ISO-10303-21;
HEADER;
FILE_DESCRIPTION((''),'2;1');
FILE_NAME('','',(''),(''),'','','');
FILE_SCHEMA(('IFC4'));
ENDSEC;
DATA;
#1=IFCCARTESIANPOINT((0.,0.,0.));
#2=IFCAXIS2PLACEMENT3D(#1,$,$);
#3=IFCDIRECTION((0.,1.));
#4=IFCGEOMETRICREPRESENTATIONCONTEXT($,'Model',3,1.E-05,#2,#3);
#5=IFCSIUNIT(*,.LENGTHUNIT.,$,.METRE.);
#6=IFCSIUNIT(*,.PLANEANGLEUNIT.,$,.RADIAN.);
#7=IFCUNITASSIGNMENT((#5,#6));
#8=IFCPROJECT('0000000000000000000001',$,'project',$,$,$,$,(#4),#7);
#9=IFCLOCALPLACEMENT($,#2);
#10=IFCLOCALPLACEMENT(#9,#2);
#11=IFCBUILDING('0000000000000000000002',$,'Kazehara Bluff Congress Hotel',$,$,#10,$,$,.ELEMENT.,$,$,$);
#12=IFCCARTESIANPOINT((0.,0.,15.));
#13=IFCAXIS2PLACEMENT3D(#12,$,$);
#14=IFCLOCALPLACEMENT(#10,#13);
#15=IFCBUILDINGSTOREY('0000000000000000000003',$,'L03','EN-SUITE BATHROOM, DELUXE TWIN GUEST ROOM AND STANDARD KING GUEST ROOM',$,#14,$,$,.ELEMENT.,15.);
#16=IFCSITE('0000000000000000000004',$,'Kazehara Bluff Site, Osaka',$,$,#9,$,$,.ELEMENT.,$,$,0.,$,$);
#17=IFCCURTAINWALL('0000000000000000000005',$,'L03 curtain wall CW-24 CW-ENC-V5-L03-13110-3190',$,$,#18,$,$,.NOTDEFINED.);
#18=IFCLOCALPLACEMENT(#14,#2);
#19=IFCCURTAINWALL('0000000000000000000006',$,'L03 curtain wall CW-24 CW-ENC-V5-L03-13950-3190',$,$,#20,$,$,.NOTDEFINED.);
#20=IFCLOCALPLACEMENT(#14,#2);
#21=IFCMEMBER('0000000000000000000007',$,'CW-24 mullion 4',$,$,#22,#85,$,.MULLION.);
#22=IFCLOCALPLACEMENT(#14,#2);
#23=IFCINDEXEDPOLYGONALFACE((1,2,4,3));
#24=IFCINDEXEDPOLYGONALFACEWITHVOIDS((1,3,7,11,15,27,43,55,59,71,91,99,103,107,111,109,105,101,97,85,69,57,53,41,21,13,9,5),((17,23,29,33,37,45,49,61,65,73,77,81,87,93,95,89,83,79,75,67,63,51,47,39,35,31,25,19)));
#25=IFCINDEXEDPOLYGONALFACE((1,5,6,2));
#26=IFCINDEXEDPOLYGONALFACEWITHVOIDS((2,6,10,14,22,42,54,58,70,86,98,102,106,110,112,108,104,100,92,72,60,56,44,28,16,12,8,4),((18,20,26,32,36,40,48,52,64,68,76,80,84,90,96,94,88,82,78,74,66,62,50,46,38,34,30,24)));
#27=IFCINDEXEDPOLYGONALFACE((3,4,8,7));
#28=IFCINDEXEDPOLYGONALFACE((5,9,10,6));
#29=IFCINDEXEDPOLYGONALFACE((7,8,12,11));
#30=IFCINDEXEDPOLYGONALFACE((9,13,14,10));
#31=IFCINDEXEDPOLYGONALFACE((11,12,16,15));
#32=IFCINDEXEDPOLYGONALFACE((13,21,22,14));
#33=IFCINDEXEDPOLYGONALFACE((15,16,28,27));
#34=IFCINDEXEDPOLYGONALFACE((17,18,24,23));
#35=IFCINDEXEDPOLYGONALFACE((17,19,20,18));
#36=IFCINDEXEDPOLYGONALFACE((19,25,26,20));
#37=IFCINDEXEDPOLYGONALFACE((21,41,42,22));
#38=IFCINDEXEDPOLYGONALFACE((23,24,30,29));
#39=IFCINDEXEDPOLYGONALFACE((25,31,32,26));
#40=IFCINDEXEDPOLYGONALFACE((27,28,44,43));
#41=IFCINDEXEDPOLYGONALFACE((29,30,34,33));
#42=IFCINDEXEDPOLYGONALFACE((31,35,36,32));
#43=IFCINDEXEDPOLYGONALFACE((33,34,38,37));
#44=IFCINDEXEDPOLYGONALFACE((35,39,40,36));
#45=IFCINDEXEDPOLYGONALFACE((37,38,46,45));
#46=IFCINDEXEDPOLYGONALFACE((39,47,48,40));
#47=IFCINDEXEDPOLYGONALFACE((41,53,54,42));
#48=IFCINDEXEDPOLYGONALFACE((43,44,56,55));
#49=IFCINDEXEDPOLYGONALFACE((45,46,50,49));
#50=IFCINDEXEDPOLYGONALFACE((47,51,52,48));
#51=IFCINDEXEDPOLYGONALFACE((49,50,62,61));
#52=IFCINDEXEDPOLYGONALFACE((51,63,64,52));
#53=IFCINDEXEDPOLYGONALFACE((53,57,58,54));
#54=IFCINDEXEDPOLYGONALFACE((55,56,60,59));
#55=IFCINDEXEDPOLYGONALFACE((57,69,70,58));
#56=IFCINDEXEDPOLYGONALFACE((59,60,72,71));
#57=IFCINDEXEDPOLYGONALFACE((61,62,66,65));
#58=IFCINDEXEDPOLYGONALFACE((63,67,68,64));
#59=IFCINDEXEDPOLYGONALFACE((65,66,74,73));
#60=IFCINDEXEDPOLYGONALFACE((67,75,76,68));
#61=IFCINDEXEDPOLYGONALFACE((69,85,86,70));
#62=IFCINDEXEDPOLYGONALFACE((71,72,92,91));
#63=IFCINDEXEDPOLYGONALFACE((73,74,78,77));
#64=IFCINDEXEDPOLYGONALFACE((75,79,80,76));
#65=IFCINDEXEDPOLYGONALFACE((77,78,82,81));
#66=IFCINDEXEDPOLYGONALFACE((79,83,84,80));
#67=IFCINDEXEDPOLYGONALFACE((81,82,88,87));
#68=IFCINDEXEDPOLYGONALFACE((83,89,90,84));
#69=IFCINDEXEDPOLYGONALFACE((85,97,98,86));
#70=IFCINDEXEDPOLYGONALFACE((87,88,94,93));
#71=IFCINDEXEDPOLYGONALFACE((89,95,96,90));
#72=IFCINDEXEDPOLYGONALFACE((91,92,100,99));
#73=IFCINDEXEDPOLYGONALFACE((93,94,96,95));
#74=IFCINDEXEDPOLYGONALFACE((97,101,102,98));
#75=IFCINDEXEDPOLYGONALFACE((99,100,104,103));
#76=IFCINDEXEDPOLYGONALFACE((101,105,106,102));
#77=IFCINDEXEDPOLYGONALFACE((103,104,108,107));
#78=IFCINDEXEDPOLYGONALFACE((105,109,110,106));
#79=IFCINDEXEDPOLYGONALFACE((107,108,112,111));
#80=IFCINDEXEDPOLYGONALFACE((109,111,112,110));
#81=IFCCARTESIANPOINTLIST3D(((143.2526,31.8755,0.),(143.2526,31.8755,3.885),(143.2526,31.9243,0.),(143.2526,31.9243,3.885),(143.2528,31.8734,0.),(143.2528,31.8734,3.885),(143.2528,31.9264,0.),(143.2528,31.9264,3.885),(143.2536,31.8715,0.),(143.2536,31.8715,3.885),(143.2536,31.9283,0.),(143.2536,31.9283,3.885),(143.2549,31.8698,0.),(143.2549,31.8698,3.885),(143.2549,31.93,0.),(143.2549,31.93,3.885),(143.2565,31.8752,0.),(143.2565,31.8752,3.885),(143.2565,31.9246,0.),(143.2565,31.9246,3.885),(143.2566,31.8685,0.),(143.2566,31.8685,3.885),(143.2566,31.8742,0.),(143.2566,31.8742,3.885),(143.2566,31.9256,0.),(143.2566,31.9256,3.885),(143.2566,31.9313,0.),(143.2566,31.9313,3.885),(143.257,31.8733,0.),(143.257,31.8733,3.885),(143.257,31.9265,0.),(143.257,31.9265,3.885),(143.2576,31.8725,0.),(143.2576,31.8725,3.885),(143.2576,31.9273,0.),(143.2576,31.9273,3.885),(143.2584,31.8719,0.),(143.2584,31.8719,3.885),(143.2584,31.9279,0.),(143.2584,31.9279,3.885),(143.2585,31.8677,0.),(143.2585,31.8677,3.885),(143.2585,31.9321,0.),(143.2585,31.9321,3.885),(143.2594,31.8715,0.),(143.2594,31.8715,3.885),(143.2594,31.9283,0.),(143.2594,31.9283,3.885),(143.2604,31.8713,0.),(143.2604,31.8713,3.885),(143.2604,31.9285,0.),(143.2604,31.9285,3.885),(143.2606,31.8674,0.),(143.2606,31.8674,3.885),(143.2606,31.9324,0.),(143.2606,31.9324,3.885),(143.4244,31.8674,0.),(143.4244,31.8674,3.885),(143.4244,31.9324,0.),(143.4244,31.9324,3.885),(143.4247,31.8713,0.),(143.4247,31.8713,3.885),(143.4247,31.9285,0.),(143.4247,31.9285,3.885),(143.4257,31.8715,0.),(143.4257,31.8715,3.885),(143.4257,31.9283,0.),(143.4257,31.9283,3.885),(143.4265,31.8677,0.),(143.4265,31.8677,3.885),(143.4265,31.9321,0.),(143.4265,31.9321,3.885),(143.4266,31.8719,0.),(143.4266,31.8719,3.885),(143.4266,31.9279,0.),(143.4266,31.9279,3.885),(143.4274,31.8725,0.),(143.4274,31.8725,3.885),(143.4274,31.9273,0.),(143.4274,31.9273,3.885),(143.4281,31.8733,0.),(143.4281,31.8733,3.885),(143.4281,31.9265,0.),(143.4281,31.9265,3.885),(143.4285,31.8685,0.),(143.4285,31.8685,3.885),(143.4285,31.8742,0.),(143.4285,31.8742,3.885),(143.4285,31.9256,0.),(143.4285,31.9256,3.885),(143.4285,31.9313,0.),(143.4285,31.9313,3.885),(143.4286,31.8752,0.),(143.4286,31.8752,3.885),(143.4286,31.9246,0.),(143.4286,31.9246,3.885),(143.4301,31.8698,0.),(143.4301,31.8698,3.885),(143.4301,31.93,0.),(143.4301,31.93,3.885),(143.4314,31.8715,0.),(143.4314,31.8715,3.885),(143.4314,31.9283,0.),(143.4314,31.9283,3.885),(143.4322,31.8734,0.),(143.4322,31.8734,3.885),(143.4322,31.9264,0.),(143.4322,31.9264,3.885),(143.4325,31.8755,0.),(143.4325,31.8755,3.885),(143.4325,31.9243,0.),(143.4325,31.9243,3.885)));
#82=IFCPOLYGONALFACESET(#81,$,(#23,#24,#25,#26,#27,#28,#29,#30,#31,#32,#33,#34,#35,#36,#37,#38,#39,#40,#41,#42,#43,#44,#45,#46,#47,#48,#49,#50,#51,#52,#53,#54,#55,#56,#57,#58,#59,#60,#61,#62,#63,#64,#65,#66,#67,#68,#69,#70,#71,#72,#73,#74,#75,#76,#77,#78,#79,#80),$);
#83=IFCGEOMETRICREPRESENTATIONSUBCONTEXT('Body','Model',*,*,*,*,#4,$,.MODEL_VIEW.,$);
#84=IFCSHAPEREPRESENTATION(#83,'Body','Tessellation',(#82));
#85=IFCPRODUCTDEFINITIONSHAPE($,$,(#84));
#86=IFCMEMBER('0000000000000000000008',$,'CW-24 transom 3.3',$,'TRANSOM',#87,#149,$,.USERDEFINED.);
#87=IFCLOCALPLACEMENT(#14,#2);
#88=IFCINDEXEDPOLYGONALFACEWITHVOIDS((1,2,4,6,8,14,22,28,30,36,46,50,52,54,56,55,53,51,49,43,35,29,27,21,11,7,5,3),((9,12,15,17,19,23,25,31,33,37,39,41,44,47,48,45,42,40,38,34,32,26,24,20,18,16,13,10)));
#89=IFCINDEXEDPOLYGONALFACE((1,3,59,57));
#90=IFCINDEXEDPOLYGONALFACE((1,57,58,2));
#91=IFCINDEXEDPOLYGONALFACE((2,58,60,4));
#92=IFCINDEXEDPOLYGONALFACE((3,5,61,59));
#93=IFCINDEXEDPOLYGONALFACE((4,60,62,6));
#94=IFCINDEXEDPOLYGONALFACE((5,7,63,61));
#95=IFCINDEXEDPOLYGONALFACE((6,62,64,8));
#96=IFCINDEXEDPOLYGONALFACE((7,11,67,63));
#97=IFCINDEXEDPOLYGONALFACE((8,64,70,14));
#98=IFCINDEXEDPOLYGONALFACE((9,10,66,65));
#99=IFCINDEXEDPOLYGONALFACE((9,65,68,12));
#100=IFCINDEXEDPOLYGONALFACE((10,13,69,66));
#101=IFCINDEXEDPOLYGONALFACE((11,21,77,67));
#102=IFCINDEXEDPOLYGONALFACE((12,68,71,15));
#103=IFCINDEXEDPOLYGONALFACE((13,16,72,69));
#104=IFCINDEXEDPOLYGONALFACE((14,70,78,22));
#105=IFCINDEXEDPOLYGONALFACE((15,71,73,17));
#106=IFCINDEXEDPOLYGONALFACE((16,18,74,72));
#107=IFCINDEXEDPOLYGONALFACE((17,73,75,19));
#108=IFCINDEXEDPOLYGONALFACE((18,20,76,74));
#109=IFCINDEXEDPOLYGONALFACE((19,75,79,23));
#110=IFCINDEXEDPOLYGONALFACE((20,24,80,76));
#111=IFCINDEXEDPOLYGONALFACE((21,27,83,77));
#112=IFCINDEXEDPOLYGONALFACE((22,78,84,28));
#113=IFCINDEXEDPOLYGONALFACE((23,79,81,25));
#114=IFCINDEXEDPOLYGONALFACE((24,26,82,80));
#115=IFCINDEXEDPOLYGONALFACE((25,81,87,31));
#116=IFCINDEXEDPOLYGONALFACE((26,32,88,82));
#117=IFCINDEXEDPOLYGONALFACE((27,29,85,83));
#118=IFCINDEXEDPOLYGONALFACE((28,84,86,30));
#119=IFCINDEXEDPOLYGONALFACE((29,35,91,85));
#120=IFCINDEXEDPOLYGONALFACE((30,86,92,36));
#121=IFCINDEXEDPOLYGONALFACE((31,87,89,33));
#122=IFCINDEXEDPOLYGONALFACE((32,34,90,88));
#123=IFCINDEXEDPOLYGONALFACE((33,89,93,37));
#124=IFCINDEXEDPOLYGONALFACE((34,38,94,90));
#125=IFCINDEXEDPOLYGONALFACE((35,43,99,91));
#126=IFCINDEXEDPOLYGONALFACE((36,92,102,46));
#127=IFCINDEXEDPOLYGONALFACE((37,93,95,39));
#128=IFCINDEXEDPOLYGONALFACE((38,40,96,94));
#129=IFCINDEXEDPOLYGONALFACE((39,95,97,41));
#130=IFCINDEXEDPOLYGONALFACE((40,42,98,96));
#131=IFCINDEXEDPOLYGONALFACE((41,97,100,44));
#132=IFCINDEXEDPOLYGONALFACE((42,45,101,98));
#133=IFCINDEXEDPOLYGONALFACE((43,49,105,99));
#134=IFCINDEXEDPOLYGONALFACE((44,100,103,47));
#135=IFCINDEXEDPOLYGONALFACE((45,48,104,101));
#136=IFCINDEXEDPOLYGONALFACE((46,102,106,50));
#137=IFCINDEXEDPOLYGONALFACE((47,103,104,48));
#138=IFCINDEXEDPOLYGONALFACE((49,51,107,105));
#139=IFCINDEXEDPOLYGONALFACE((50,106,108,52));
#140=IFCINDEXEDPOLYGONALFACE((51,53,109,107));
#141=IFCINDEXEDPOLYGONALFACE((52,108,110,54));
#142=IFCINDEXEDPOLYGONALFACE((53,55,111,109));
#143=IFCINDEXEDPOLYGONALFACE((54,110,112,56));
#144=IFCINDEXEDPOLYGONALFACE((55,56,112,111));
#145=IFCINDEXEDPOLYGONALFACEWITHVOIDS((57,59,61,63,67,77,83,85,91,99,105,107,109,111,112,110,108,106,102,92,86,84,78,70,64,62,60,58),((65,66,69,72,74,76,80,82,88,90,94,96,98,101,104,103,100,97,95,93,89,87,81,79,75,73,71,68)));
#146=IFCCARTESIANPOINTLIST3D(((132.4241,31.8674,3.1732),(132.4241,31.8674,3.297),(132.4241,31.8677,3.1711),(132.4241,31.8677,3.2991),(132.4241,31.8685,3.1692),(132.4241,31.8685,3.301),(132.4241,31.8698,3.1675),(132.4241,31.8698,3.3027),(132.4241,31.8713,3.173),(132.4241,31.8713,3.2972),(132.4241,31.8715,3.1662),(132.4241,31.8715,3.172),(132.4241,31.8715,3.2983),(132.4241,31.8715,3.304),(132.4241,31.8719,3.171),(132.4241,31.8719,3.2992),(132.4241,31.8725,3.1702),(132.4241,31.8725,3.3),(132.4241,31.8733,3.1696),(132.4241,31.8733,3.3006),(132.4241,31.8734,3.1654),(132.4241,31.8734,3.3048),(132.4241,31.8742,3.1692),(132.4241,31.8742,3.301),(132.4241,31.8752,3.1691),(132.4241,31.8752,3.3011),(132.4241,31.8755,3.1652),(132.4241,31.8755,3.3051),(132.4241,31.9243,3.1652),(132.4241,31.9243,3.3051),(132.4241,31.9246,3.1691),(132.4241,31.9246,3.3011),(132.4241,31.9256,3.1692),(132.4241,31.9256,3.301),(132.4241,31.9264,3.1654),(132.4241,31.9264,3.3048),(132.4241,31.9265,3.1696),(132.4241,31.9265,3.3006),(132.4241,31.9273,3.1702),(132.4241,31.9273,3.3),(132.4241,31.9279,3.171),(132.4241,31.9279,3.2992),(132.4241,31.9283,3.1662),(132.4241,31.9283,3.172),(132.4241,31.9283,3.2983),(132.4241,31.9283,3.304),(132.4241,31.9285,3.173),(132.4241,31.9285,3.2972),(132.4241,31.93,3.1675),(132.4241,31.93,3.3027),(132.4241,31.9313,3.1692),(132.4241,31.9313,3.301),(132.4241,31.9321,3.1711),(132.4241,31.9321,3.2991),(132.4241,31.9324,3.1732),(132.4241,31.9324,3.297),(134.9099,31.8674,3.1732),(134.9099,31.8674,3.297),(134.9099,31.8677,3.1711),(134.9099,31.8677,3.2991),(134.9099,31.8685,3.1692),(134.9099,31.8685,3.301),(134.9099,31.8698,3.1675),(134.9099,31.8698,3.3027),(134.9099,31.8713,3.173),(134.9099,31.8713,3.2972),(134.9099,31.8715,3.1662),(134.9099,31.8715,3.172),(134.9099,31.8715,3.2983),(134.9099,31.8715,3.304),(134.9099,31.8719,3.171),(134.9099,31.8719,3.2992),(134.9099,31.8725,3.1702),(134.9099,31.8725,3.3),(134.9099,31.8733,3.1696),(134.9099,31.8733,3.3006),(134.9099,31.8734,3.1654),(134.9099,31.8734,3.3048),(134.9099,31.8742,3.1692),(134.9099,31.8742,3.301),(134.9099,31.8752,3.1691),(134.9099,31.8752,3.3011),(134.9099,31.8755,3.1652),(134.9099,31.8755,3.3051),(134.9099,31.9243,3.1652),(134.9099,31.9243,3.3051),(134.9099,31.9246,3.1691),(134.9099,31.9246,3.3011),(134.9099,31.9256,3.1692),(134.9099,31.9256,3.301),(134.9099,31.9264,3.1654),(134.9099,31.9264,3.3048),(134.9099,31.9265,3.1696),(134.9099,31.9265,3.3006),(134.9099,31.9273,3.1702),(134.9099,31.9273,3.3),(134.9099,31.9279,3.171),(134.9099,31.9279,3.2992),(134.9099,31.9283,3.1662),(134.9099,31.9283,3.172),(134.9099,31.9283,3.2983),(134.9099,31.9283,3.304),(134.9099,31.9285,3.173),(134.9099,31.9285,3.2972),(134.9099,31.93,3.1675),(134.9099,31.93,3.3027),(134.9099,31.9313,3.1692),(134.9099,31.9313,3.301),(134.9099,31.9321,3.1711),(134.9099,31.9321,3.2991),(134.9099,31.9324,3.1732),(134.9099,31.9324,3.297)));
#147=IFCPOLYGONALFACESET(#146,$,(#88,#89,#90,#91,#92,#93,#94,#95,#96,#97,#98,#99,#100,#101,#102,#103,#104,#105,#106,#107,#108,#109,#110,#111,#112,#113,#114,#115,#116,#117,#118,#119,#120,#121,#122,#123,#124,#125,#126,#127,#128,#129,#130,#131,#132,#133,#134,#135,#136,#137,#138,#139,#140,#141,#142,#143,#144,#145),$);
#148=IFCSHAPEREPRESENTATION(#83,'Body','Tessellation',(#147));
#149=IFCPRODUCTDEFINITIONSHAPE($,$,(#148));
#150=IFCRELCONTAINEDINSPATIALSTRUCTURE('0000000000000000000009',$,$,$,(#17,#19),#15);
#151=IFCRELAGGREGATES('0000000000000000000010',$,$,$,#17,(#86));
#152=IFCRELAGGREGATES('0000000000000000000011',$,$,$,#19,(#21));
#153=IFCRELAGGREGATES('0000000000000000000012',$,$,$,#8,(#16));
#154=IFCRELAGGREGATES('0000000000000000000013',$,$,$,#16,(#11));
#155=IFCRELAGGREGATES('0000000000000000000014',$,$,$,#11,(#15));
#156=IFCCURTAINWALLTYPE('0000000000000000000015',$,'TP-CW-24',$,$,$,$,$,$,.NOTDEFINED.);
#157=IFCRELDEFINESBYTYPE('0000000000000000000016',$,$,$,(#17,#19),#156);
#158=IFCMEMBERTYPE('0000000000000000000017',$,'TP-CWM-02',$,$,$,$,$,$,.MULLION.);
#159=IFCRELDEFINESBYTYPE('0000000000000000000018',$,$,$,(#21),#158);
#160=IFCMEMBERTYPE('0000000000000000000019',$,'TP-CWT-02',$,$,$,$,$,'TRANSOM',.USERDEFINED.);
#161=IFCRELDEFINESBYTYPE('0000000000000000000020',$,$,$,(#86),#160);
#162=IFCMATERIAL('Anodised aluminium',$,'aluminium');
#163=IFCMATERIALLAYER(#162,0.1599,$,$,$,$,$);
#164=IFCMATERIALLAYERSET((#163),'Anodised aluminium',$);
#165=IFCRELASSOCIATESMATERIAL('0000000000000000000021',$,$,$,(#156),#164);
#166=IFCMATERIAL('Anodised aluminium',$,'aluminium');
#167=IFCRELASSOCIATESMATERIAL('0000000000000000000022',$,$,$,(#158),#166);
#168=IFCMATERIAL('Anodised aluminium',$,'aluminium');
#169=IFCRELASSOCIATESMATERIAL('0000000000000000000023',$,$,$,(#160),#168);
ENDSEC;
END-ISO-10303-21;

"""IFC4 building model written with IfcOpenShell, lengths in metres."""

from ifc_helpers import new_model, si_unit, direction, frame, origin, origin_2d, place, context, subcontext, project, spatial, hollow_rectangle, extrude, material, layer, layer_set, material_profile, profile_set, type_object, element, aggregate, save


model = new_model("IFC4")

# Units and contexts
model_context = context("Model", 3, precision=1e-05, world=origin(), true_north=direction((0.0, 1.0)))
body_context = subcontext(model_context, "Body", "Model", "MODEL_VIEW")
ifc_project = project(units=[si_unit("LENGTHUNIT", "METRE"), si_unit("PLANEANGLEUNIT", "RADIAN")], contexts=[model_context])

# Site, building, storey
site_placement = place(None, origin())
site = spatial("IfcSite", under=ifc_project, at=site_placement, Name="Kazehara Bluff Site, Osaka", CompositionType="ELEMENT", RefElevation=0.0)
building_placement = place(site_placement, origin())
building = spatial("IfcBuilding", under=site, at=building_placement, Name="Kazehara Bluff Congress Hotel", CompositionType="ELEMENT")
storey_placement = place(building_placement, frame((0.0, 0.0, 15.0)))
storey = spatial("IfcBuildingStorey", under=building, at=storey_placement, Name="L03", Description="EN-SUITE BATHROOM, DELUXE TWIN GUEST ROOM AND STANDARD KING GUEST ROOM", CompositionType="ELEMENT", Elevation=15.0)

# Curtain wall
ifc_material_1 = material(Name="Anodised aluminium", Category="aluminium")
ifc_layer_1 = layer(ifc_material_1, 0.1599)
ifc_layer_set_1 = layer_set([ifc_layer_1], Name="Anodised aluminium")
curtain_wall_type = type_object("IfcCurtainWallType", Name="TP-CW-24", PredefinedType="NOTDEFINED", material=ifc_layer_set_1)
curtain_wall_1_placement = place(storey_placement, origin())
curtain_wall_1 = element("IfcCurtainWall", 1, at=curtain_wall_1_placement, inside=storey, type_object=curtain_wall_type, Name="L03 curtain wall CW-24 CW-ENC-V5-L03-13110-3190", PredefinedType="NOTDEFINED")
ifc_material_2 = material(Name="Anodised aluminium", Category="aluminium")
ifc_material_profile_1 = material_profile(ifc_material_2, hollow_rectangle(XDim=0.0649, YDim=0.1799, WallThickness=0.0039, InnerFilletRadius=0.0039, OuterFilletRadius=0.0081, at=origin_2d()))
ifc_profile_set_1 = profile_set([ifc_material_profile_1], Name="Anodised aluminium")
member_type_1 = type_object("IfcMemberType", Name="TP-CWM-02", PredefinedType="MULLION", material=ifc_profile_set_1)

# Curtain wall, member
curtain_wall_2_placement = place(storey_placement, origin())
curtain_wall_2 = element("IfcCurtainWall", 2, at=curtain_wall_2_placement, inside=storey, type_object=curtain_wall_type, Name="L03 curtain wall CW-24 CW-ENC-V5-L03-13950-3190", PredefinedType="NOTDEFINED")
member_1_placement = place(storey_placement, frame((143.3425, 31.8999, 0.0), z_axis=(0.0, 0.0, 1.0), x_axis=(0.0, 1.0, 0.0)))
member_1 = element("IfcMember", 3, at=member_1_placement, type_object=member_type_1, Name="CW-24 mullion 4", PredefinedType="MULLION", context=body_context, shape_type="SweptSolid", body=[
    extrude(hollow_rectangle(XDim=0.0649, YDim=0.1799, WallThickness=0.0039, InnerFilletRadius=0.0039, OuterFilletRadius=0.0081, at=origin_2d()), origin(), (0.0, 0.0, 1.0), 3.885),
])

# Member
ifc_material_3 = material(Name="Anodised aluminium", Category="aluminium")
ifc_material_profile_2 = material_profile(ifc_material_3, hollow_rectangle(XDim=0.0649, YDim=0.1399, WallThickness=0.0039, InnerFilletRadius=0.0039, OuterFilletRadius=0.0081, at=origin_2d()))
ifc_profile_set_2 = profile_set([ifc_material_profile_2], Name="Anodised aluminium")
member_type_2 = type_object("IfcMemberType", Name="TP-CWT-02", ElementType="TRANSOM", PredefinedType="USERDEFINED", material=ifc_profile_set_2)
member_2_placement = place(storey_placement, frame((132.4241, 31.8999, 3.2351), z_axis=(1.0, 0.0, 0.0), x_axis=(0.0, 1.0, 0.0)))
member_2 = element("IfcMember", 4, at=member_2_placement, type_object=member_type_2, Name="CW-24 transom 3.3", ObjectType="TRANSOM", PredefinedType="USERDEFINED", context=body_context, shape_type="SweptSolid", body=[
    extrude(hollow_rectangle(XDim=0.0649, YDim=0.1399, WallThickness=0.0039, InnerFilletRadius=0.0039, OuterFilletRadius=0.0081, at=origin_2d()), origin(), (0.0, 0.0, 1.0), 2.4858),
])

aggregate(curtain_wall_1, [member_2])
aggregate(curtain_wall_2, [member_1])

save(model, "model.ifc")
